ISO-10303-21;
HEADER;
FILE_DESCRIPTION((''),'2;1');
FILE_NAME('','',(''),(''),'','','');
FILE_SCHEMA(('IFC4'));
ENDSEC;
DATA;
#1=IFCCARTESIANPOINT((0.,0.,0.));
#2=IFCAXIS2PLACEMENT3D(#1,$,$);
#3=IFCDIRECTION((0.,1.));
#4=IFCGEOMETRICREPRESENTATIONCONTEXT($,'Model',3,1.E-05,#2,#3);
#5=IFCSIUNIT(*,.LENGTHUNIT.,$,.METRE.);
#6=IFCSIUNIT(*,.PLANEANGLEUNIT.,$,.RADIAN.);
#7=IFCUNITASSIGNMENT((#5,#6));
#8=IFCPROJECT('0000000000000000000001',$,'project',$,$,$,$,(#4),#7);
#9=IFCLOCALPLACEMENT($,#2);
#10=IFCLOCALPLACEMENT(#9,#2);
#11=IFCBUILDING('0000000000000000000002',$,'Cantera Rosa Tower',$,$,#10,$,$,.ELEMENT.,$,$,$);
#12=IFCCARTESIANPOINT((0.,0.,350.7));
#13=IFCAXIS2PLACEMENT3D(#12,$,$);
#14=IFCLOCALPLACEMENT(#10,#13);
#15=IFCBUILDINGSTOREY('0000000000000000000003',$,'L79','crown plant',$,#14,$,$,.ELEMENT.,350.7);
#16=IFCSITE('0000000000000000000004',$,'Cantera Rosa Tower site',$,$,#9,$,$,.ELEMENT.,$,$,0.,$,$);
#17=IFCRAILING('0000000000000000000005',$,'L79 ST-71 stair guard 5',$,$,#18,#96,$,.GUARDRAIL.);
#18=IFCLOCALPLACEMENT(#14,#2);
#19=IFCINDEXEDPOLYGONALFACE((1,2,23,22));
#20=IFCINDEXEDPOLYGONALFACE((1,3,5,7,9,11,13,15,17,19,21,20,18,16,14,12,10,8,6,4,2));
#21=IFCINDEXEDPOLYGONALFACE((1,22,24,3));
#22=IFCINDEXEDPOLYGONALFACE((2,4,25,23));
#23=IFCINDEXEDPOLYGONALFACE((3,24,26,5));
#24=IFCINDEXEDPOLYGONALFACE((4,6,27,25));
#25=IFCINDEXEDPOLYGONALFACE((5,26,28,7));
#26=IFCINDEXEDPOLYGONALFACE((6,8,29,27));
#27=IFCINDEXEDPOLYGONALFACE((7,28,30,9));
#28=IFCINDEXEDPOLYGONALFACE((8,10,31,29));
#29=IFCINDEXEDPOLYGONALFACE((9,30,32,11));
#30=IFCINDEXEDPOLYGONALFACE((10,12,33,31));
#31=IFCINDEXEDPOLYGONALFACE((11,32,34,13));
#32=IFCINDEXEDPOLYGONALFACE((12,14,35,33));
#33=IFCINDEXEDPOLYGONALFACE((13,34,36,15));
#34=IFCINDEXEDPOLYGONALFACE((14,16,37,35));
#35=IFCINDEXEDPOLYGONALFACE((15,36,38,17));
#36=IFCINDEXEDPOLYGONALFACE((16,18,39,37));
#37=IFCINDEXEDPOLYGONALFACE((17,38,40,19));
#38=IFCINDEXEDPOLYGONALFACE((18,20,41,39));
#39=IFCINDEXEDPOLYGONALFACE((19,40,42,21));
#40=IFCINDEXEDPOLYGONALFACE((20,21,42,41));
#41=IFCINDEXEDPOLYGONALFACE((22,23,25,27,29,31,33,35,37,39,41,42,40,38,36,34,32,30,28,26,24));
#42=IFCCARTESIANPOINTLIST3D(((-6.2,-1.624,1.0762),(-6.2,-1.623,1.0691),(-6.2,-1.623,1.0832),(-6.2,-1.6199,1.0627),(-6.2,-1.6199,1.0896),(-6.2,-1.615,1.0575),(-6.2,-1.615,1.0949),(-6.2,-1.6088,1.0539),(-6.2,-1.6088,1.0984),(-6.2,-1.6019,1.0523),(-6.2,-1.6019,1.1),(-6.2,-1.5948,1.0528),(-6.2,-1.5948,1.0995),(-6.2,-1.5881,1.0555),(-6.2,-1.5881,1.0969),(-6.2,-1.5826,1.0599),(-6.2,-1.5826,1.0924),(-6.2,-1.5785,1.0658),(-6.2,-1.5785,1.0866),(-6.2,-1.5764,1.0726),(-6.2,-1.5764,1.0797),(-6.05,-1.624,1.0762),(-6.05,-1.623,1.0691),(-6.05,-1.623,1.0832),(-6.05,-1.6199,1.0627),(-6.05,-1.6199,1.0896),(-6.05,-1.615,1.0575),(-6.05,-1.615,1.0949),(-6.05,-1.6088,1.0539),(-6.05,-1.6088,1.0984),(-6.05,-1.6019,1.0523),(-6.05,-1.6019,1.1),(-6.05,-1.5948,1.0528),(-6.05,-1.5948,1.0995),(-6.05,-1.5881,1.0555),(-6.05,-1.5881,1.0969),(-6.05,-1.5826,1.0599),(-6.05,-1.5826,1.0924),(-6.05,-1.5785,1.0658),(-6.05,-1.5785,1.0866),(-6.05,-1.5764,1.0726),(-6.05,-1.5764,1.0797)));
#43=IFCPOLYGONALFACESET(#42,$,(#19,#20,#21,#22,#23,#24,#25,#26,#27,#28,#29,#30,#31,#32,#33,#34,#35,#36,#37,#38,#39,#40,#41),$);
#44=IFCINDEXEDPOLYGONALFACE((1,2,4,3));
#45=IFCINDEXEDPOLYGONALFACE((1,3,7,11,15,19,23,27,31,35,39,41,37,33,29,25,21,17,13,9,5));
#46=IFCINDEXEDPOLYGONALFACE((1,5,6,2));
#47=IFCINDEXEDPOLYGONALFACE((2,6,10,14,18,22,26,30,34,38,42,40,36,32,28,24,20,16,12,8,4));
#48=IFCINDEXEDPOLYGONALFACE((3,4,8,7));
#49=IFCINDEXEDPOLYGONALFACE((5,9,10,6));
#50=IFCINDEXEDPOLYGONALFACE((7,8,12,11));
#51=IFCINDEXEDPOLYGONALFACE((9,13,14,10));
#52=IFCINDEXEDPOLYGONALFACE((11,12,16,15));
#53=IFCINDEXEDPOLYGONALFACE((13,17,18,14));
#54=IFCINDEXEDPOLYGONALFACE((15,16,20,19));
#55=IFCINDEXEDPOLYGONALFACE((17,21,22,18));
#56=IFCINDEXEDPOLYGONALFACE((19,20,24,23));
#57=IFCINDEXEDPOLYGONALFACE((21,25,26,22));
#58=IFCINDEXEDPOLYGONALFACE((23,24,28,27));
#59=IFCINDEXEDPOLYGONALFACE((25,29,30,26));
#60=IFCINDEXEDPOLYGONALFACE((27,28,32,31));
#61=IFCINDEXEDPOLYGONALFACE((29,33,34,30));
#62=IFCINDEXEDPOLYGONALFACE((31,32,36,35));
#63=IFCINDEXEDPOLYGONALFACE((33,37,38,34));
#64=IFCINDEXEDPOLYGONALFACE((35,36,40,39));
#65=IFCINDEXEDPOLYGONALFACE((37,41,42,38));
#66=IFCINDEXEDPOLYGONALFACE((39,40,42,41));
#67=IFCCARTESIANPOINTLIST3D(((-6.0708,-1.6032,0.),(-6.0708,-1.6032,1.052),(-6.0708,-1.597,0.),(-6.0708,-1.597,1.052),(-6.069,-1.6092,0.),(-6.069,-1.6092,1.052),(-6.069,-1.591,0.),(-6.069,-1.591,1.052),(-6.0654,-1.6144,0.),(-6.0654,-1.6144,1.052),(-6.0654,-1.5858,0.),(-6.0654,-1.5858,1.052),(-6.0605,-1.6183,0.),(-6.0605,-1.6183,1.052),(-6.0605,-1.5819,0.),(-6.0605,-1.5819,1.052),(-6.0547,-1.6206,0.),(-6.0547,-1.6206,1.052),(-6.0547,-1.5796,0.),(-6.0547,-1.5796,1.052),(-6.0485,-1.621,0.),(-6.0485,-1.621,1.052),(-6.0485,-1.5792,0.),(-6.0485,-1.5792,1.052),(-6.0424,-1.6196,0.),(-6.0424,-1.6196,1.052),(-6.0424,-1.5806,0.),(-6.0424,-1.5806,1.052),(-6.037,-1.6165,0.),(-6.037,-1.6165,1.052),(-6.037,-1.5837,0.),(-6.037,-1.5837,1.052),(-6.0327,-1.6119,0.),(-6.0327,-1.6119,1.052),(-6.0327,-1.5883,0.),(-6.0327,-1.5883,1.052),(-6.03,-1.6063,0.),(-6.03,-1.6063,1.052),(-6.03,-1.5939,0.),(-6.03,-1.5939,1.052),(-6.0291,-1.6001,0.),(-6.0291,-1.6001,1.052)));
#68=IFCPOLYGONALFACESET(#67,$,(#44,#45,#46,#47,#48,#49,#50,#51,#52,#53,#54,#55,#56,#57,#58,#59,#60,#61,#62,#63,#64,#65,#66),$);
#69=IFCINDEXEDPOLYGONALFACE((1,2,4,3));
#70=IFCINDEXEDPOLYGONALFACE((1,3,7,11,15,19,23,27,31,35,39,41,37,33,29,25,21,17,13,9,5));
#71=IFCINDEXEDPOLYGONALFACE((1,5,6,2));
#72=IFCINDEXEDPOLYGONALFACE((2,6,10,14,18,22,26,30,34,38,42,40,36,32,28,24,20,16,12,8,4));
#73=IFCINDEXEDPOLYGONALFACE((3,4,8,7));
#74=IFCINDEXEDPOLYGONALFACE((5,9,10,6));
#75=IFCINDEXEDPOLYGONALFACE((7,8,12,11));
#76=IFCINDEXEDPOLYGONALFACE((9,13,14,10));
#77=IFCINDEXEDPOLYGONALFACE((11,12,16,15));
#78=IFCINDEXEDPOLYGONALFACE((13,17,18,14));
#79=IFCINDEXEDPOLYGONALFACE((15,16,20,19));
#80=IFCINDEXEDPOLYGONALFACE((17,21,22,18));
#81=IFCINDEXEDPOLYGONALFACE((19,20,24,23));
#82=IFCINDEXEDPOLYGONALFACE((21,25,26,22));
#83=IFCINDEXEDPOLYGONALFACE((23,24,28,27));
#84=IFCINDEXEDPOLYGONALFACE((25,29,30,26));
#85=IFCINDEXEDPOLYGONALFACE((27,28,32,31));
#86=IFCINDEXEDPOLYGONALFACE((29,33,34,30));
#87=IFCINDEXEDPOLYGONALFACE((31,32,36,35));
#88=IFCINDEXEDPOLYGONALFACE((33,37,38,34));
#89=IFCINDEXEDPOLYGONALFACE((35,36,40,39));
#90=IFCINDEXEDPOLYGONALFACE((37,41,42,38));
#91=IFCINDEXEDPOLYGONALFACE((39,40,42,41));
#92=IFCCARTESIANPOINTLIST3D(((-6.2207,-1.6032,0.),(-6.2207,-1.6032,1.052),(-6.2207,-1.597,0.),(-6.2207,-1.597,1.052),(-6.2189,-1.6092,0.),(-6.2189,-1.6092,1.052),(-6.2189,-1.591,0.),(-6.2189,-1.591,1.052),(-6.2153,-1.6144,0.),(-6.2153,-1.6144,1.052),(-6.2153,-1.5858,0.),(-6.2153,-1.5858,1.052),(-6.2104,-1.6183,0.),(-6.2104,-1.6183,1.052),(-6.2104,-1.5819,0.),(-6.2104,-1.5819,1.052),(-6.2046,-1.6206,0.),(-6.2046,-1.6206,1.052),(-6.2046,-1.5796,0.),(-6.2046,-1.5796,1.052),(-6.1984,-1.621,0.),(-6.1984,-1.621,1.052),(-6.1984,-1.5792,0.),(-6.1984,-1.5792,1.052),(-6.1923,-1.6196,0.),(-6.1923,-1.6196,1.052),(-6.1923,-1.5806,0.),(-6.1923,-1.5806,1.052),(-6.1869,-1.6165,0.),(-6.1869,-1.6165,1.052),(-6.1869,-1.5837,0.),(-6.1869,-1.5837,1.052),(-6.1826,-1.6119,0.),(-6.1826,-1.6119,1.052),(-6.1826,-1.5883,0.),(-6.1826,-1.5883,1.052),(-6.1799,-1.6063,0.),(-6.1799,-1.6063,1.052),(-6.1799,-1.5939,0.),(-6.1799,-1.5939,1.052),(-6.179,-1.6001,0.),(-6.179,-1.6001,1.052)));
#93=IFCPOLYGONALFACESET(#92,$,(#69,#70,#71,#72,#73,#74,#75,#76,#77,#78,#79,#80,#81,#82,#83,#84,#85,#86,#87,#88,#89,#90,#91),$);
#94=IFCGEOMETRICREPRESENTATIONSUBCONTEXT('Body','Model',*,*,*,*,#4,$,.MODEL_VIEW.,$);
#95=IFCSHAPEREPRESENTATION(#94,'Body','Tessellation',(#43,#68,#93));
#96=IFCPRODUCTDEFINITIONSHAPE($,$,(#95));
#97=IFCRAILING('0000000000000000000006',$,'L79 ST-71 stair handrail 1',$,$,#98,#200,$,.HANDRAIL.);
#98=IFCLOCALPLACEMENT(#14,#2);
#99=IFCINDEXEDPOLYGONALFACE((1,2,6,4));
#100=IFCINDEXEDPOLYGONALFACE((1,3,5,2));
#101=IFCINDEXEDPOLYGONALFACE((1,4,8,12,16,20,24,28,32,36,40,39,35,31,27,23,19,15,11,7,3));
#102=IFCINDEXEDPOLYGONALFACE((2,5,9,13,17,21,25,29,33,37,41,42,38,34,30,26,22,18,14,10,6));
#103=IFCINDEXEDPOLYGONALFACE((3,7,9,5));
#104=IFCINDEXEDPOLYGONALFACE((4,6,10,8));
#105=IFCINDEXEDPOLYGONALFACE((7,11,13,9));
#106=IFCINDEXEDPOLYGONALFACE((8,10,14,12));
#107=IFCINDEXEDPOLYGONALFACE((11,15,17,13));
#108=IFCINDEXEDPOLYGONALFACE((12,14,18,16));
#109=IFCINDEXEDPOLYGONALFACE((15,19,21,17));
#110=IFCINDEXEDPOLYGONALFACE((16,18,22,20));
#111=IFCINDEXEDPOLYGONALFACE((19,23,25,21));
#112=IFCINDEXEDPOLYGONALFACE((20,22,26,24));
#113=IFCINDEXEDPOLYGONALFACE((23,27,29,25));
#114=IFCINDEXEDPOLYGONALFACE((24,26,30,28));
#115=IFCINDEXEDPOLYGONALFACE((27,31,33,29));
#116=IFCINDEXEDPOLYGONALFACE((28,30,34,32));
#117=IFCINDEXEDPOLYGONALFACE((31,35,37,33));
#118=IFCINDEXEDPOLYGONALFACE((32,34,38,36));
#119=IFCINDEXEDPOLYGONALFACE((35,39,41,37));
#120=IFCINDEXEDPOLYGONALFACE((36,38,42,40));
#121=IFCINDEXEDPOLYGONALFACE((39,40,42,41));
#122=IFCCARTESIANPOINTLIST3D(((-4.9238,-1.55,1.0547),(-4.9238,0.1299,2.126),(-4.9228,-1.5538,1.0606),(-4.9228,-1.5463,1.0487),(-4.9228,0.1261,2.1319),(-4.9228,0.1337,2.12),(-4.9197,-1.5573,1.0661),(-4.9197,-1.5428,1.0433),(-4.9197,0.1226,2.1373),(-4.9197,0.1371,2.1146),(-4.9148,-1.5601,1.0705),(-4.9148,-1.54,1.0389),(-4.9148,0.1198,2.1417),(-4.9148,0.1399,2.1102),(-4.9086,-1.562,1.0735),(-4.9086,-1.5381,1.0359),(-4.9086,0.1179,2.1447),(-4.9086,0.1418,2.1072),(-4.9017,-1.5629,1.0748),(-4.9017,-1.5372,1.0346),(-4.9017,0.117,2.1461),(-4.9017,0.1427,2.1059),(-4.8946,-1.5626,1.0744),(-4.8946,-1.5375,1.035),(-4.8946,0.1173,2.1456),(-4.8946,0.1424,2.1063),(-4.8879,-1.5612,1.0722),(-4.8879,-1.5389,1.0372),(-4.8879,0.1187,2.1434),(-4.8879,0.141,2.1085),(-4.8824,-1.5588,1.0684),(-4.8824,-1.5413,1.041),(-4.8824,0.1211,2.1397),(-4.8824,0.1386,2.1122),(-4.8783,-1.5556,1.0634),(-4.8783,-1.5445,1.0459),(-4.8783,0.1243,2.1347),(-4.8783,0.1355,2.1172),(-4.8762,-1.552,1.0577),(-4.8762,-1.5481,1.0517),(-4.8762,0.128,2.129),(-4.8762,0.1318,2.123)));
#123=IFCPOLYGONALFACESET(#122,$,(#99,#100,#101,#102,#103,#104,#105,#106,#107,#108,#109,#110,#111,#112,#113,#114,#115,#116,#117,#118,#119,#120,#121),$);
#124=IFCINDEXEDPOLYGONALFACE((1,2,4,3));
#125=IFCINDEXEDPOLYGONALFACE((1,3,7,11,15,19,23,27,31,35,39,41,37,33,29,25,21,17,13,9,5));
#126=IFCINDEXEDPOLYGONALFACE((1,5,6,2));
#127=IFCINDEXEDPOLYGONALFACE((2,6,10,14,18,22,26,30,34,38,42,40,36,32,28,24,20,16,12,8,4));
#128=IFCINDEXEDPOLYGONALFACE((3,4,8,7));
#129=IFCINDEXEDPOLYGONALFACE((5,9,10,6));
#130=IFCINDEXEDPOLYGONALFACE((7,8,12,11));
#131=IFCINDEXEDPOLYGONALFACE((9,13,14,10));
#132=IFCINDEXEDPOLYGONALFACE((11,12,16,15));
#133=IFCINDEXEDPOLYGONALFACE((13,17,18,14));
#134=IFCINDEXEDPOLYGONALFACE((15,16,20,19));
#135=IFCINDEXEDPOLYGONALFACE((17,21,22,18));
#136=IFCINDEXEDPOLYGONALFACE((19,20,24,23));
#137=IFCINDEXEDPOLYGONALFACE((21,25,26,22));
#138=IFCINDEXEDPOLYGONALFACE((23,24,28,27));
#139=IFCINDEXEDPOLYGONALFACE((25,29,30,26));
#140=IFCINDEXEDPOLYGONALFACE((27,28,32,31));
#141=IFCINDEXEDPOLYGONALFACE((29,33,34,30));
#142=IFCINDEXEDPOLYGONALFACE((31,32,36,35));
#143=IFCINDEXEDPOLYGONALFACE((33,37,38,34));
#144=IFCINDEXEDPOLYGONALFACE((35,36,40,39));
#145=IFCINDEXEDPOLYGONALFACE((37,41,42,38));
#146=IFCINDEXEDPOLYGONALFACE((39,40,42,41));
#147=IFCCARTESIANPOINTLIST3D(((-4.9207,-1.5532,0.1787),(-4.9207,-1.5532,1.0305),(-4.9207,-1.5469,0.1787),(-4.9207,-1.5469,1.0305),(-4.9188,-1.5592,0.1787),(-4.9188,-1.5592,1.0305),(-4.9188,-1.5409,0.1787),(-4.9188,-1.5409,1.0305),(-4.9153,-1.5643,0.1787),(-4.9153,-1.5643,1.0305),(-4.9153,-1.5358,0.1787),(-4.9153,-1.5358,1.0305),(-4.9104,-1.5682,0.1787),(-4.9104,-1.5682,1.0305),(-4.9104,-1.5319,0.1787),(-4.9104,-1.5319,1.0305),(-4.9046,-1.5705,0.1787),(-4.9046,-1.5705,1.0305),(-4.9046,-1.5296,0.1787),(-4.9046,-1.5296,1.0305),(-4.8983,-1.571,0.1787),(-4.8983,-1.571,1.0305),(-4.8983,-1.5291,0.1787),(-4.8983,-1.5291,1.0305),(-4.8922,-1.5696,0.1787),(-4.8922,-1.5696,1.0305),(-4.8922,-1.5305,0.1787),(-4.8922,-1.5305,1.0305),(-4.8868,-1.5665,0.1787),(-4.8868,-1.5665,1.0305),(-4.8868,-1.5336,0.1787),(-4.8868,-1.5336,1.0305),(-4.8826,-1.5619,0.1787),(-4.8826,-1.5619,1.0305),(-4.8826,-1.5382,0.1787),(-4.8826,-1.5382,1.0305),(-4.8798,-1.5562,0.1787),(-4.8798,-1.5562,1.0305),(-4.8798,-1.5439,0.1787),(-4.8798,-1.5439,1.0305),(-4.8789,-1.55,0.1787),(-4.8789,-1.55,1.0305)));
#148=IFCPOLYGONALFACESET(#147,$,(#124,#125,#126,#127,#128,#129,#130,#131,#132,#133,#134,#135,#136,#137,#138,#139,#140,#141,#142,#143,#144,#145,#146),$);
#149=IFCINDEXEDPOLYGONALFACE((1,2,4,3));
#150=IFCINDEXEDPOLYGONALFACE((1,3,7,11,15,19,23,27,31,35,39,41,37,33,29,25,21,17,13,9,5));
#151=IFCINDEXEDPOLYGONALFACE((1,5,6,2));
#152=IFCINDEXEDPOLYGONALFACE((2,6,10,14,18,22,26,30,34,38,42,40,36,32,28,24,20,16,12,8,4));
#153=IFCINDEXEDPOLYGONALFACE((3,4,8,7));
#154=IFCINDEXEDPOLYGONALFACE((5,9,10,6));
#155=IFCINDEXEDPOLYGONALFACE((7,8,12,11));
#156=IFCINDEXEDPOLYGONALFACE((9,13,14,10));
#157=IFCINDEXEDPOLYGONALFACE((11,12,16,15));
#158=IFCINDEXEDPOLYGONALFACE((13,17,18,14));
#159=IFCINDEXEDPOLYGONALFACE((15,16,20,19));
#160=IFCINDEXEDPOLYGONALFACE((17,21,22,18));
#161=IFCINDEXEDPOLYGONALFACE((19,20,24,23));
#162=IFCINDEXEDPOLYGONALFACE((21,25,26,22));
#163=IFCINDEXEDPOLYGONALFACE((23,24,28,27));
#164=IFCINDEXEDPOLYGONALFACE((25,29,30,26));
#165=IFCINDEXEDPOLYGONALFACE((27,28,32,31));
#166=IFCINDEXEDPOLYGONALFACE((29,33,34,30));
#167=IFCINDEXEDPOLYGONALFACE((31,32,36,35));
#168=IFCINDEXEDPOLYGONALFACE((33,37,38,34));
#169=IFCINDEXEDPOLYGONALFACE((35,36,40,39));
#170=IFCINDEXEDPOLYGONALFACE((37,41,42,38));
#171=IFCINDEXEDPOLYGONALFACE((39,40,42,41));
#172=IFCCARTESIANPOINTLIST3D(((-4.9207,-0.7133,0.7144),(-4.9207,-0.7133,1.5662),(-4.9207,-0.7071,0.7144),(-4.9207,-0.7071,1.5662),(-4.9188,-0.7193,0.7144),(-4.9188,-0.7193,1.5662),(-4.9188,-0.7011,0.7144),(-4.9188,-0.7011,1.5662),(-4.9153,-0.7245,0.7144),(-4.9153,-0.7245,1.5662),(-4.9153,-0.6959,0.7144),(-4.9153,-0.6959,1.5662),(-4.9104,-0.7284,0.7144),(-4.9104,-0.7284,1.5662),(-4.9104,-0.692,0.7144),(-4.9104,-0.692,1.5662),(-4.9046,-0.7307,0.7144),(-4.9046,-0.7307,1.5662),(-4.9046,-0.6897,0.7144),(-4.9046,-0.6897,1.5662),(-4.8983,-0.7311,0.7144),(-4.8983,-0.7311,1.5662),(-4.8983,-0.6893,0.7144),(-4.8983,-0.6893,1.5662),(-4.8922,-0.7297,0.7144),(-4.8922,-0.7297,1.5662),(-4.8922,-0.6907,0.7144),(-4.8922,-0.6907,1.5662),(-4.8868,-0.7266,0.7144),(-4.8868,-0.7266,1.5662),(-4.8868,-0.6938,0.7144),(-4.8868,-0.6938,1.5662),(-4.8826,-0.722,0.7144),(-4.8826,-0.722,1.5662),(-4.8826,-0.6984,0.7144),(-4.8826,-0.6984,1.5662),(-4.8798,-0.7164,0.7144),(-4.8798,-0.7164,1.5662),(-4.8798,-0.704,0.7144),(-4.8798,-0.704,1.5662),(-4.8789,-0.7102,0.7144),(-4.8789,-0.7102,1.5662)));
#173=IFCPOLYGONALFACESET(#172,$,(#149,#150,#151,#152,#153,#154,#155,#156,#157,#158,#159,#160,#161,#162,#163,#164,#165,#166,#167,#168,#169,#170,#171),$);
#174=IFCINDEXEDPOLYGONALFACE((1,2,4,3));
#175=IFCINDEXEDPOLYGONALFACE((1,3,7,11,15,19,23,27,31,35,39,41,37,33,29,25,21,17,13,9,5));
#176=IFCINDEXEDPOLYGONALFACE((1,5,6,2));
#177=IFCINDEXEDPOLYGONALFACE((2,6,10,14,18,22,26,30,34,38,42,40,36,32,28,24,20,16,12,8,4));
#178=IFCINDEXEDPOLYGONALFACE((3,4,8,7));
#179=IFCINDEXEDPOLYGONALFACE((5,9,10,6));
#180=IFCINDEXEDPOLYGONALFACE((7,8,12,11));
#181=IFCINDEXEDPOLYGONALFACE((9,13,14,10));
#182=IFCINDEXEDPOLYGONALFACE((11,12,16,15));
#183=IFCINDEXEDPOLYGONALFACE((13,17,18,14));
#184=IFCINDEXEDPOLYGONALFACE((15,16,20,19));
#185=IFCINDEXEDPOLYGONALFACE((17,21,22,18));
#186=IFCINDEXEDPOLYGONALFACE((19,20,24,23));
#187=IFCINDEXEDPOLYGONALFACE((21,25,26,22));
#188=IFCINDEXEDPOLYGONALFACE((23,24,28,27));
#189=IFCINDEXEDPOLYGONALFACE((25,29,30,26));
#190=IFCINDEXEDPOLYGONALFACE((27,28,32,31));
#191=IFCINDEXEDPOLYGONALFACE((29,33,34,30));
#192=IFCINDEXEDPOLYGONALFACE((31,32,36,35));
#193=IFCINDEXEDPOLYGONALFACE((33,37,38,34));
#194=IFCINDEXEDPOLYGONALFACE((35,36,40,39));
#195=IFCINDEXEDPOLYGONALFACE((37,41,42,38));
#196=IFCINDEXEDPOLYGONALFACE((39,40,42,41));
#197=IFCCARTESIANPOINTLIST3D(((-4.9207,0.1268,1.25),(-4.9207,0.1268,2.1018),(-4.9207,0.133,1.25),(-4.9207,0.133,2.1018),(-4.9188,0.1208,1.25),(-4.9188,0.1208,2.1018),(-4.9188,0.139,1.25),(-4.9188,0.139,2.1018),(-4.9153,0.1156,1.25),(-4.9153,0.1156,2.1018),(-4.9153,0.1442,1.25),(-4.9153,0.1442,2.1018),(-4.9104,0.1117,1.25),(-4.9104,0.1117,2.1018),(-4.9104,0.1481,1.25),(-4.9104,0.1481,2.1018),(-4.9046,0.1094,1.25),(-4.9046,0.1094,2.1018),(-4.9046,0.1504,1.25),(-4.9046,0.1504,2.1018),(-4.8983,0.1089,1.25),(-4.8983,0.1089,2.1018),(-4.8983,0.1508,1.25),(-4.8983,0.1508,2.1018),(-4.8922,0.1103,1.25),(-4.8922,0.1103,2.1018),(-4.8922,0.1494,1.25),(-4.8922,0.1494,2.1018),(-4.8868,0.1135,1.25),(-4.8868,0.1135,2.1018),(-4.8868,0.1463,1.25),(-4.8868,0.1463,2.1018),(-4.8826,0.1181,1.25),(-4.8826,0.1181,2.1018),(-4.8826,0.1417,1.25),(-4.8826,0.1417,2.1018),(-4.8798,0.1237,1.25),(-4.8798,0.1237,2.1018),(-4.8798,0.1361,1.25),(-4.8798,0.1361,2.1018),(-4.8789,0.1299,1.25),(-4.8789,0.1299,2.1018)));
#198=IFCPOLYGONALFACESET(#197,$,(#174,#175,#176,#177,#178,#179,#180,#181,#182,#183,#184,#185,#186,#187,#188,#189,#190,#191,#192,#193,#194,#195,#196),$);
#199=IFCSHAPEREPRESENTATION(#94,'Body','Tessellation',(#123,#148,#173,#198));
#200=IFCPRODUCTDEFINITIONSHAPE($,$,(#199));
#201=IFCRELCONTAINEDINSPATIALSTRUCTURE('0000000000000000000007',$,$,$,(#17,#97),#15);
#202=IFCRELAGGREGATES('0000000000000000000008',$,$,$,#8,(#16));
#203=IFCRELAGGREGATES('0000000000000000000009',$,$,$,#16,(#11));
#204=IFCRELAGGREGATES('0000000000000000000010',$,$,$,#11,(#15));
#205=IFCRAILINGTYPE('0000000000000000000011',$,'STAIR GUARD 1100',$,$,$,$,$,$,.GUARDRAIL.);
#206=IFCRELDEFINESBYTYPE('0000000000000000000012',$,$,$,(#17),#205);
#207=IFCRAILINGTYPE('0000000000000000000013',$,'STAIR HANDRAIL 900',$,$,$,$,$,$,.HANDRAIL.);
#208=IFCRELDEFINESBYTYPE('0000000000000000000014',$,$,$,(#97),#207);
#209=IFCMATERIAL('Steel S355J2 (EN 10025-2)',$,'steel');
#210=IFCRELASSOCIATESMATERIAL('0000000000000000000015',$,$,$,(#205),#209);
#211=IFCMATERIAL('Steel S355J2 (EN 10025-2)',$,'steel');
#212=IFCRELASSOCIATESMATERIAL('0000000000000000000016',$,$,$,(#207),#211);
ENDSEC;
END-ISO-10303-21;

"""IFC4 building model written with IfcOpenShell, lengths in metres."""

from ifc_helpers import new_model, si_unit, direction, frame, origin, origin_2d, place, context, subcontext, project, spatial, circle, extrude, material, type_object, element, save


model = new_model("IFC4")

# Units and contexts
model_context = context("Model", 3, precision=1e-05, world=origin(), true_north=direction((0.0, 1.0)))
body_context = subcontext(model_context, "Body", "Model", "MODEL_VIEW")
ifc_project = project(units=[si_unit("LENGTHUNIT", "METRE"), si_unit("PLANEANGLEUNIT", "RADIAN")], contexts=[model_context])

# Site, building, storey
site_placement = place(None, origin())
site = spatial("IfcSite", under=ifc_project, at=site_placement, Name="Cantera Rosa Tower site", CompositionType="ELEMENT", RefElevation=0.0)
building_placement = place(site_placement, origin())
building = spatial("IfcBuilding", under=site, at=building_placement, Name="Cantera Rosa Tower", CompositionType="ELEMENT")
storey_placement = place(building_placement, frame((0.0, 0.0, 350.7)))
storey = spatial("IfcBuildingStorey", under=building, at=storey_placement, Name="L79", Description="crown plant", CompositionType="ELEMENT", Elevation=350.7)

# Railings
ifc_material_1 = material(Name="Steel S355J2 (EN 10025-2)", Category="steel")
railing_type_1 = type_object("IfcRailingType", Name="STAIR GUARD 1100", PredefinedType="GUARDRAIL", material=ifc_material_1)
railing_1_placement = place(storey_placement, frame((-6.05, -1.6001, 0.0)))
element("IfcRailing", 1, at=railing_1_placement, inside=storey, type_object=railing_type_1, Name="L79 ST-71 stair guard 5", PredefinedType="GUARDRAIL", context=body_context, shape_type="SweptSolid", body=[
    extrude(circle(Radius=0.0239, at=origin_2d()), frame((0.0, 0.0, 1.0762), z_axis=(-1.0, 0.0, 0.0), x_axis=(0.0, -1.0, 0.0)), (0.0, 0.0, 1.0), 0.1499),
    extrude(circle(Radius=0.021, at=origin_2d()), origin(), (0.0, 0.0, 1.0), 1.052),
    extrude(circle(Radius=0.021, at=origin_2d()), frame((-0.1499, 0.0, 0.0)), (0.0, 0.0, 1.0), 1.052),
])
ifc_material_2 = material(Name="Steel S355J2 (EN 10025-2)", Category="steel")
railing_type_2 = type_object("IfcRailingType", Name="STAIR HANDRAIL 900", PredefinedType="HANDRAIL", material=ifc_material_2)
for number, where, name in (
    (2, (-4.8999, -1.55, 0.1787), "L79 ST-71 stair handrail 1"),
):
    element("IfcRailing", number, at=place(storey_placement, frame(where)), inside=storey, type_object=railing_type_2, Name=name, PredefinedType="HANDRAIL", context=body_context, shape_type="SweptSolid", body=[
        extrude(circle(Radius=0.0239, at=origin_2d()), frame((0.0, 0.0, 0.876), z_axis=(0.0, 0.843152, 0.537676), x_axis=(-1.0, 0.0, 0.0)), (0.0, 0.0, 1.0), 1.9924),
        extrude(circle(Radius=0.021, at=origin_2d()), origin(), (0.0, 0.0, 1.0), 0.8518),
        extrude(circle(Radius=0.021, at=origin_2d()), frame((0.0, 0.8398, 0.5356)), (0.0, 0.0, 1.0), 0.8518),
        extrude(circle(Radius=0.021, at=origin_2d()), frame((0.0, 1.6799, 1.0713)), (0.0, 0.0, 1.0), 0.8518),
    ])

save(model, "model.ifc")
